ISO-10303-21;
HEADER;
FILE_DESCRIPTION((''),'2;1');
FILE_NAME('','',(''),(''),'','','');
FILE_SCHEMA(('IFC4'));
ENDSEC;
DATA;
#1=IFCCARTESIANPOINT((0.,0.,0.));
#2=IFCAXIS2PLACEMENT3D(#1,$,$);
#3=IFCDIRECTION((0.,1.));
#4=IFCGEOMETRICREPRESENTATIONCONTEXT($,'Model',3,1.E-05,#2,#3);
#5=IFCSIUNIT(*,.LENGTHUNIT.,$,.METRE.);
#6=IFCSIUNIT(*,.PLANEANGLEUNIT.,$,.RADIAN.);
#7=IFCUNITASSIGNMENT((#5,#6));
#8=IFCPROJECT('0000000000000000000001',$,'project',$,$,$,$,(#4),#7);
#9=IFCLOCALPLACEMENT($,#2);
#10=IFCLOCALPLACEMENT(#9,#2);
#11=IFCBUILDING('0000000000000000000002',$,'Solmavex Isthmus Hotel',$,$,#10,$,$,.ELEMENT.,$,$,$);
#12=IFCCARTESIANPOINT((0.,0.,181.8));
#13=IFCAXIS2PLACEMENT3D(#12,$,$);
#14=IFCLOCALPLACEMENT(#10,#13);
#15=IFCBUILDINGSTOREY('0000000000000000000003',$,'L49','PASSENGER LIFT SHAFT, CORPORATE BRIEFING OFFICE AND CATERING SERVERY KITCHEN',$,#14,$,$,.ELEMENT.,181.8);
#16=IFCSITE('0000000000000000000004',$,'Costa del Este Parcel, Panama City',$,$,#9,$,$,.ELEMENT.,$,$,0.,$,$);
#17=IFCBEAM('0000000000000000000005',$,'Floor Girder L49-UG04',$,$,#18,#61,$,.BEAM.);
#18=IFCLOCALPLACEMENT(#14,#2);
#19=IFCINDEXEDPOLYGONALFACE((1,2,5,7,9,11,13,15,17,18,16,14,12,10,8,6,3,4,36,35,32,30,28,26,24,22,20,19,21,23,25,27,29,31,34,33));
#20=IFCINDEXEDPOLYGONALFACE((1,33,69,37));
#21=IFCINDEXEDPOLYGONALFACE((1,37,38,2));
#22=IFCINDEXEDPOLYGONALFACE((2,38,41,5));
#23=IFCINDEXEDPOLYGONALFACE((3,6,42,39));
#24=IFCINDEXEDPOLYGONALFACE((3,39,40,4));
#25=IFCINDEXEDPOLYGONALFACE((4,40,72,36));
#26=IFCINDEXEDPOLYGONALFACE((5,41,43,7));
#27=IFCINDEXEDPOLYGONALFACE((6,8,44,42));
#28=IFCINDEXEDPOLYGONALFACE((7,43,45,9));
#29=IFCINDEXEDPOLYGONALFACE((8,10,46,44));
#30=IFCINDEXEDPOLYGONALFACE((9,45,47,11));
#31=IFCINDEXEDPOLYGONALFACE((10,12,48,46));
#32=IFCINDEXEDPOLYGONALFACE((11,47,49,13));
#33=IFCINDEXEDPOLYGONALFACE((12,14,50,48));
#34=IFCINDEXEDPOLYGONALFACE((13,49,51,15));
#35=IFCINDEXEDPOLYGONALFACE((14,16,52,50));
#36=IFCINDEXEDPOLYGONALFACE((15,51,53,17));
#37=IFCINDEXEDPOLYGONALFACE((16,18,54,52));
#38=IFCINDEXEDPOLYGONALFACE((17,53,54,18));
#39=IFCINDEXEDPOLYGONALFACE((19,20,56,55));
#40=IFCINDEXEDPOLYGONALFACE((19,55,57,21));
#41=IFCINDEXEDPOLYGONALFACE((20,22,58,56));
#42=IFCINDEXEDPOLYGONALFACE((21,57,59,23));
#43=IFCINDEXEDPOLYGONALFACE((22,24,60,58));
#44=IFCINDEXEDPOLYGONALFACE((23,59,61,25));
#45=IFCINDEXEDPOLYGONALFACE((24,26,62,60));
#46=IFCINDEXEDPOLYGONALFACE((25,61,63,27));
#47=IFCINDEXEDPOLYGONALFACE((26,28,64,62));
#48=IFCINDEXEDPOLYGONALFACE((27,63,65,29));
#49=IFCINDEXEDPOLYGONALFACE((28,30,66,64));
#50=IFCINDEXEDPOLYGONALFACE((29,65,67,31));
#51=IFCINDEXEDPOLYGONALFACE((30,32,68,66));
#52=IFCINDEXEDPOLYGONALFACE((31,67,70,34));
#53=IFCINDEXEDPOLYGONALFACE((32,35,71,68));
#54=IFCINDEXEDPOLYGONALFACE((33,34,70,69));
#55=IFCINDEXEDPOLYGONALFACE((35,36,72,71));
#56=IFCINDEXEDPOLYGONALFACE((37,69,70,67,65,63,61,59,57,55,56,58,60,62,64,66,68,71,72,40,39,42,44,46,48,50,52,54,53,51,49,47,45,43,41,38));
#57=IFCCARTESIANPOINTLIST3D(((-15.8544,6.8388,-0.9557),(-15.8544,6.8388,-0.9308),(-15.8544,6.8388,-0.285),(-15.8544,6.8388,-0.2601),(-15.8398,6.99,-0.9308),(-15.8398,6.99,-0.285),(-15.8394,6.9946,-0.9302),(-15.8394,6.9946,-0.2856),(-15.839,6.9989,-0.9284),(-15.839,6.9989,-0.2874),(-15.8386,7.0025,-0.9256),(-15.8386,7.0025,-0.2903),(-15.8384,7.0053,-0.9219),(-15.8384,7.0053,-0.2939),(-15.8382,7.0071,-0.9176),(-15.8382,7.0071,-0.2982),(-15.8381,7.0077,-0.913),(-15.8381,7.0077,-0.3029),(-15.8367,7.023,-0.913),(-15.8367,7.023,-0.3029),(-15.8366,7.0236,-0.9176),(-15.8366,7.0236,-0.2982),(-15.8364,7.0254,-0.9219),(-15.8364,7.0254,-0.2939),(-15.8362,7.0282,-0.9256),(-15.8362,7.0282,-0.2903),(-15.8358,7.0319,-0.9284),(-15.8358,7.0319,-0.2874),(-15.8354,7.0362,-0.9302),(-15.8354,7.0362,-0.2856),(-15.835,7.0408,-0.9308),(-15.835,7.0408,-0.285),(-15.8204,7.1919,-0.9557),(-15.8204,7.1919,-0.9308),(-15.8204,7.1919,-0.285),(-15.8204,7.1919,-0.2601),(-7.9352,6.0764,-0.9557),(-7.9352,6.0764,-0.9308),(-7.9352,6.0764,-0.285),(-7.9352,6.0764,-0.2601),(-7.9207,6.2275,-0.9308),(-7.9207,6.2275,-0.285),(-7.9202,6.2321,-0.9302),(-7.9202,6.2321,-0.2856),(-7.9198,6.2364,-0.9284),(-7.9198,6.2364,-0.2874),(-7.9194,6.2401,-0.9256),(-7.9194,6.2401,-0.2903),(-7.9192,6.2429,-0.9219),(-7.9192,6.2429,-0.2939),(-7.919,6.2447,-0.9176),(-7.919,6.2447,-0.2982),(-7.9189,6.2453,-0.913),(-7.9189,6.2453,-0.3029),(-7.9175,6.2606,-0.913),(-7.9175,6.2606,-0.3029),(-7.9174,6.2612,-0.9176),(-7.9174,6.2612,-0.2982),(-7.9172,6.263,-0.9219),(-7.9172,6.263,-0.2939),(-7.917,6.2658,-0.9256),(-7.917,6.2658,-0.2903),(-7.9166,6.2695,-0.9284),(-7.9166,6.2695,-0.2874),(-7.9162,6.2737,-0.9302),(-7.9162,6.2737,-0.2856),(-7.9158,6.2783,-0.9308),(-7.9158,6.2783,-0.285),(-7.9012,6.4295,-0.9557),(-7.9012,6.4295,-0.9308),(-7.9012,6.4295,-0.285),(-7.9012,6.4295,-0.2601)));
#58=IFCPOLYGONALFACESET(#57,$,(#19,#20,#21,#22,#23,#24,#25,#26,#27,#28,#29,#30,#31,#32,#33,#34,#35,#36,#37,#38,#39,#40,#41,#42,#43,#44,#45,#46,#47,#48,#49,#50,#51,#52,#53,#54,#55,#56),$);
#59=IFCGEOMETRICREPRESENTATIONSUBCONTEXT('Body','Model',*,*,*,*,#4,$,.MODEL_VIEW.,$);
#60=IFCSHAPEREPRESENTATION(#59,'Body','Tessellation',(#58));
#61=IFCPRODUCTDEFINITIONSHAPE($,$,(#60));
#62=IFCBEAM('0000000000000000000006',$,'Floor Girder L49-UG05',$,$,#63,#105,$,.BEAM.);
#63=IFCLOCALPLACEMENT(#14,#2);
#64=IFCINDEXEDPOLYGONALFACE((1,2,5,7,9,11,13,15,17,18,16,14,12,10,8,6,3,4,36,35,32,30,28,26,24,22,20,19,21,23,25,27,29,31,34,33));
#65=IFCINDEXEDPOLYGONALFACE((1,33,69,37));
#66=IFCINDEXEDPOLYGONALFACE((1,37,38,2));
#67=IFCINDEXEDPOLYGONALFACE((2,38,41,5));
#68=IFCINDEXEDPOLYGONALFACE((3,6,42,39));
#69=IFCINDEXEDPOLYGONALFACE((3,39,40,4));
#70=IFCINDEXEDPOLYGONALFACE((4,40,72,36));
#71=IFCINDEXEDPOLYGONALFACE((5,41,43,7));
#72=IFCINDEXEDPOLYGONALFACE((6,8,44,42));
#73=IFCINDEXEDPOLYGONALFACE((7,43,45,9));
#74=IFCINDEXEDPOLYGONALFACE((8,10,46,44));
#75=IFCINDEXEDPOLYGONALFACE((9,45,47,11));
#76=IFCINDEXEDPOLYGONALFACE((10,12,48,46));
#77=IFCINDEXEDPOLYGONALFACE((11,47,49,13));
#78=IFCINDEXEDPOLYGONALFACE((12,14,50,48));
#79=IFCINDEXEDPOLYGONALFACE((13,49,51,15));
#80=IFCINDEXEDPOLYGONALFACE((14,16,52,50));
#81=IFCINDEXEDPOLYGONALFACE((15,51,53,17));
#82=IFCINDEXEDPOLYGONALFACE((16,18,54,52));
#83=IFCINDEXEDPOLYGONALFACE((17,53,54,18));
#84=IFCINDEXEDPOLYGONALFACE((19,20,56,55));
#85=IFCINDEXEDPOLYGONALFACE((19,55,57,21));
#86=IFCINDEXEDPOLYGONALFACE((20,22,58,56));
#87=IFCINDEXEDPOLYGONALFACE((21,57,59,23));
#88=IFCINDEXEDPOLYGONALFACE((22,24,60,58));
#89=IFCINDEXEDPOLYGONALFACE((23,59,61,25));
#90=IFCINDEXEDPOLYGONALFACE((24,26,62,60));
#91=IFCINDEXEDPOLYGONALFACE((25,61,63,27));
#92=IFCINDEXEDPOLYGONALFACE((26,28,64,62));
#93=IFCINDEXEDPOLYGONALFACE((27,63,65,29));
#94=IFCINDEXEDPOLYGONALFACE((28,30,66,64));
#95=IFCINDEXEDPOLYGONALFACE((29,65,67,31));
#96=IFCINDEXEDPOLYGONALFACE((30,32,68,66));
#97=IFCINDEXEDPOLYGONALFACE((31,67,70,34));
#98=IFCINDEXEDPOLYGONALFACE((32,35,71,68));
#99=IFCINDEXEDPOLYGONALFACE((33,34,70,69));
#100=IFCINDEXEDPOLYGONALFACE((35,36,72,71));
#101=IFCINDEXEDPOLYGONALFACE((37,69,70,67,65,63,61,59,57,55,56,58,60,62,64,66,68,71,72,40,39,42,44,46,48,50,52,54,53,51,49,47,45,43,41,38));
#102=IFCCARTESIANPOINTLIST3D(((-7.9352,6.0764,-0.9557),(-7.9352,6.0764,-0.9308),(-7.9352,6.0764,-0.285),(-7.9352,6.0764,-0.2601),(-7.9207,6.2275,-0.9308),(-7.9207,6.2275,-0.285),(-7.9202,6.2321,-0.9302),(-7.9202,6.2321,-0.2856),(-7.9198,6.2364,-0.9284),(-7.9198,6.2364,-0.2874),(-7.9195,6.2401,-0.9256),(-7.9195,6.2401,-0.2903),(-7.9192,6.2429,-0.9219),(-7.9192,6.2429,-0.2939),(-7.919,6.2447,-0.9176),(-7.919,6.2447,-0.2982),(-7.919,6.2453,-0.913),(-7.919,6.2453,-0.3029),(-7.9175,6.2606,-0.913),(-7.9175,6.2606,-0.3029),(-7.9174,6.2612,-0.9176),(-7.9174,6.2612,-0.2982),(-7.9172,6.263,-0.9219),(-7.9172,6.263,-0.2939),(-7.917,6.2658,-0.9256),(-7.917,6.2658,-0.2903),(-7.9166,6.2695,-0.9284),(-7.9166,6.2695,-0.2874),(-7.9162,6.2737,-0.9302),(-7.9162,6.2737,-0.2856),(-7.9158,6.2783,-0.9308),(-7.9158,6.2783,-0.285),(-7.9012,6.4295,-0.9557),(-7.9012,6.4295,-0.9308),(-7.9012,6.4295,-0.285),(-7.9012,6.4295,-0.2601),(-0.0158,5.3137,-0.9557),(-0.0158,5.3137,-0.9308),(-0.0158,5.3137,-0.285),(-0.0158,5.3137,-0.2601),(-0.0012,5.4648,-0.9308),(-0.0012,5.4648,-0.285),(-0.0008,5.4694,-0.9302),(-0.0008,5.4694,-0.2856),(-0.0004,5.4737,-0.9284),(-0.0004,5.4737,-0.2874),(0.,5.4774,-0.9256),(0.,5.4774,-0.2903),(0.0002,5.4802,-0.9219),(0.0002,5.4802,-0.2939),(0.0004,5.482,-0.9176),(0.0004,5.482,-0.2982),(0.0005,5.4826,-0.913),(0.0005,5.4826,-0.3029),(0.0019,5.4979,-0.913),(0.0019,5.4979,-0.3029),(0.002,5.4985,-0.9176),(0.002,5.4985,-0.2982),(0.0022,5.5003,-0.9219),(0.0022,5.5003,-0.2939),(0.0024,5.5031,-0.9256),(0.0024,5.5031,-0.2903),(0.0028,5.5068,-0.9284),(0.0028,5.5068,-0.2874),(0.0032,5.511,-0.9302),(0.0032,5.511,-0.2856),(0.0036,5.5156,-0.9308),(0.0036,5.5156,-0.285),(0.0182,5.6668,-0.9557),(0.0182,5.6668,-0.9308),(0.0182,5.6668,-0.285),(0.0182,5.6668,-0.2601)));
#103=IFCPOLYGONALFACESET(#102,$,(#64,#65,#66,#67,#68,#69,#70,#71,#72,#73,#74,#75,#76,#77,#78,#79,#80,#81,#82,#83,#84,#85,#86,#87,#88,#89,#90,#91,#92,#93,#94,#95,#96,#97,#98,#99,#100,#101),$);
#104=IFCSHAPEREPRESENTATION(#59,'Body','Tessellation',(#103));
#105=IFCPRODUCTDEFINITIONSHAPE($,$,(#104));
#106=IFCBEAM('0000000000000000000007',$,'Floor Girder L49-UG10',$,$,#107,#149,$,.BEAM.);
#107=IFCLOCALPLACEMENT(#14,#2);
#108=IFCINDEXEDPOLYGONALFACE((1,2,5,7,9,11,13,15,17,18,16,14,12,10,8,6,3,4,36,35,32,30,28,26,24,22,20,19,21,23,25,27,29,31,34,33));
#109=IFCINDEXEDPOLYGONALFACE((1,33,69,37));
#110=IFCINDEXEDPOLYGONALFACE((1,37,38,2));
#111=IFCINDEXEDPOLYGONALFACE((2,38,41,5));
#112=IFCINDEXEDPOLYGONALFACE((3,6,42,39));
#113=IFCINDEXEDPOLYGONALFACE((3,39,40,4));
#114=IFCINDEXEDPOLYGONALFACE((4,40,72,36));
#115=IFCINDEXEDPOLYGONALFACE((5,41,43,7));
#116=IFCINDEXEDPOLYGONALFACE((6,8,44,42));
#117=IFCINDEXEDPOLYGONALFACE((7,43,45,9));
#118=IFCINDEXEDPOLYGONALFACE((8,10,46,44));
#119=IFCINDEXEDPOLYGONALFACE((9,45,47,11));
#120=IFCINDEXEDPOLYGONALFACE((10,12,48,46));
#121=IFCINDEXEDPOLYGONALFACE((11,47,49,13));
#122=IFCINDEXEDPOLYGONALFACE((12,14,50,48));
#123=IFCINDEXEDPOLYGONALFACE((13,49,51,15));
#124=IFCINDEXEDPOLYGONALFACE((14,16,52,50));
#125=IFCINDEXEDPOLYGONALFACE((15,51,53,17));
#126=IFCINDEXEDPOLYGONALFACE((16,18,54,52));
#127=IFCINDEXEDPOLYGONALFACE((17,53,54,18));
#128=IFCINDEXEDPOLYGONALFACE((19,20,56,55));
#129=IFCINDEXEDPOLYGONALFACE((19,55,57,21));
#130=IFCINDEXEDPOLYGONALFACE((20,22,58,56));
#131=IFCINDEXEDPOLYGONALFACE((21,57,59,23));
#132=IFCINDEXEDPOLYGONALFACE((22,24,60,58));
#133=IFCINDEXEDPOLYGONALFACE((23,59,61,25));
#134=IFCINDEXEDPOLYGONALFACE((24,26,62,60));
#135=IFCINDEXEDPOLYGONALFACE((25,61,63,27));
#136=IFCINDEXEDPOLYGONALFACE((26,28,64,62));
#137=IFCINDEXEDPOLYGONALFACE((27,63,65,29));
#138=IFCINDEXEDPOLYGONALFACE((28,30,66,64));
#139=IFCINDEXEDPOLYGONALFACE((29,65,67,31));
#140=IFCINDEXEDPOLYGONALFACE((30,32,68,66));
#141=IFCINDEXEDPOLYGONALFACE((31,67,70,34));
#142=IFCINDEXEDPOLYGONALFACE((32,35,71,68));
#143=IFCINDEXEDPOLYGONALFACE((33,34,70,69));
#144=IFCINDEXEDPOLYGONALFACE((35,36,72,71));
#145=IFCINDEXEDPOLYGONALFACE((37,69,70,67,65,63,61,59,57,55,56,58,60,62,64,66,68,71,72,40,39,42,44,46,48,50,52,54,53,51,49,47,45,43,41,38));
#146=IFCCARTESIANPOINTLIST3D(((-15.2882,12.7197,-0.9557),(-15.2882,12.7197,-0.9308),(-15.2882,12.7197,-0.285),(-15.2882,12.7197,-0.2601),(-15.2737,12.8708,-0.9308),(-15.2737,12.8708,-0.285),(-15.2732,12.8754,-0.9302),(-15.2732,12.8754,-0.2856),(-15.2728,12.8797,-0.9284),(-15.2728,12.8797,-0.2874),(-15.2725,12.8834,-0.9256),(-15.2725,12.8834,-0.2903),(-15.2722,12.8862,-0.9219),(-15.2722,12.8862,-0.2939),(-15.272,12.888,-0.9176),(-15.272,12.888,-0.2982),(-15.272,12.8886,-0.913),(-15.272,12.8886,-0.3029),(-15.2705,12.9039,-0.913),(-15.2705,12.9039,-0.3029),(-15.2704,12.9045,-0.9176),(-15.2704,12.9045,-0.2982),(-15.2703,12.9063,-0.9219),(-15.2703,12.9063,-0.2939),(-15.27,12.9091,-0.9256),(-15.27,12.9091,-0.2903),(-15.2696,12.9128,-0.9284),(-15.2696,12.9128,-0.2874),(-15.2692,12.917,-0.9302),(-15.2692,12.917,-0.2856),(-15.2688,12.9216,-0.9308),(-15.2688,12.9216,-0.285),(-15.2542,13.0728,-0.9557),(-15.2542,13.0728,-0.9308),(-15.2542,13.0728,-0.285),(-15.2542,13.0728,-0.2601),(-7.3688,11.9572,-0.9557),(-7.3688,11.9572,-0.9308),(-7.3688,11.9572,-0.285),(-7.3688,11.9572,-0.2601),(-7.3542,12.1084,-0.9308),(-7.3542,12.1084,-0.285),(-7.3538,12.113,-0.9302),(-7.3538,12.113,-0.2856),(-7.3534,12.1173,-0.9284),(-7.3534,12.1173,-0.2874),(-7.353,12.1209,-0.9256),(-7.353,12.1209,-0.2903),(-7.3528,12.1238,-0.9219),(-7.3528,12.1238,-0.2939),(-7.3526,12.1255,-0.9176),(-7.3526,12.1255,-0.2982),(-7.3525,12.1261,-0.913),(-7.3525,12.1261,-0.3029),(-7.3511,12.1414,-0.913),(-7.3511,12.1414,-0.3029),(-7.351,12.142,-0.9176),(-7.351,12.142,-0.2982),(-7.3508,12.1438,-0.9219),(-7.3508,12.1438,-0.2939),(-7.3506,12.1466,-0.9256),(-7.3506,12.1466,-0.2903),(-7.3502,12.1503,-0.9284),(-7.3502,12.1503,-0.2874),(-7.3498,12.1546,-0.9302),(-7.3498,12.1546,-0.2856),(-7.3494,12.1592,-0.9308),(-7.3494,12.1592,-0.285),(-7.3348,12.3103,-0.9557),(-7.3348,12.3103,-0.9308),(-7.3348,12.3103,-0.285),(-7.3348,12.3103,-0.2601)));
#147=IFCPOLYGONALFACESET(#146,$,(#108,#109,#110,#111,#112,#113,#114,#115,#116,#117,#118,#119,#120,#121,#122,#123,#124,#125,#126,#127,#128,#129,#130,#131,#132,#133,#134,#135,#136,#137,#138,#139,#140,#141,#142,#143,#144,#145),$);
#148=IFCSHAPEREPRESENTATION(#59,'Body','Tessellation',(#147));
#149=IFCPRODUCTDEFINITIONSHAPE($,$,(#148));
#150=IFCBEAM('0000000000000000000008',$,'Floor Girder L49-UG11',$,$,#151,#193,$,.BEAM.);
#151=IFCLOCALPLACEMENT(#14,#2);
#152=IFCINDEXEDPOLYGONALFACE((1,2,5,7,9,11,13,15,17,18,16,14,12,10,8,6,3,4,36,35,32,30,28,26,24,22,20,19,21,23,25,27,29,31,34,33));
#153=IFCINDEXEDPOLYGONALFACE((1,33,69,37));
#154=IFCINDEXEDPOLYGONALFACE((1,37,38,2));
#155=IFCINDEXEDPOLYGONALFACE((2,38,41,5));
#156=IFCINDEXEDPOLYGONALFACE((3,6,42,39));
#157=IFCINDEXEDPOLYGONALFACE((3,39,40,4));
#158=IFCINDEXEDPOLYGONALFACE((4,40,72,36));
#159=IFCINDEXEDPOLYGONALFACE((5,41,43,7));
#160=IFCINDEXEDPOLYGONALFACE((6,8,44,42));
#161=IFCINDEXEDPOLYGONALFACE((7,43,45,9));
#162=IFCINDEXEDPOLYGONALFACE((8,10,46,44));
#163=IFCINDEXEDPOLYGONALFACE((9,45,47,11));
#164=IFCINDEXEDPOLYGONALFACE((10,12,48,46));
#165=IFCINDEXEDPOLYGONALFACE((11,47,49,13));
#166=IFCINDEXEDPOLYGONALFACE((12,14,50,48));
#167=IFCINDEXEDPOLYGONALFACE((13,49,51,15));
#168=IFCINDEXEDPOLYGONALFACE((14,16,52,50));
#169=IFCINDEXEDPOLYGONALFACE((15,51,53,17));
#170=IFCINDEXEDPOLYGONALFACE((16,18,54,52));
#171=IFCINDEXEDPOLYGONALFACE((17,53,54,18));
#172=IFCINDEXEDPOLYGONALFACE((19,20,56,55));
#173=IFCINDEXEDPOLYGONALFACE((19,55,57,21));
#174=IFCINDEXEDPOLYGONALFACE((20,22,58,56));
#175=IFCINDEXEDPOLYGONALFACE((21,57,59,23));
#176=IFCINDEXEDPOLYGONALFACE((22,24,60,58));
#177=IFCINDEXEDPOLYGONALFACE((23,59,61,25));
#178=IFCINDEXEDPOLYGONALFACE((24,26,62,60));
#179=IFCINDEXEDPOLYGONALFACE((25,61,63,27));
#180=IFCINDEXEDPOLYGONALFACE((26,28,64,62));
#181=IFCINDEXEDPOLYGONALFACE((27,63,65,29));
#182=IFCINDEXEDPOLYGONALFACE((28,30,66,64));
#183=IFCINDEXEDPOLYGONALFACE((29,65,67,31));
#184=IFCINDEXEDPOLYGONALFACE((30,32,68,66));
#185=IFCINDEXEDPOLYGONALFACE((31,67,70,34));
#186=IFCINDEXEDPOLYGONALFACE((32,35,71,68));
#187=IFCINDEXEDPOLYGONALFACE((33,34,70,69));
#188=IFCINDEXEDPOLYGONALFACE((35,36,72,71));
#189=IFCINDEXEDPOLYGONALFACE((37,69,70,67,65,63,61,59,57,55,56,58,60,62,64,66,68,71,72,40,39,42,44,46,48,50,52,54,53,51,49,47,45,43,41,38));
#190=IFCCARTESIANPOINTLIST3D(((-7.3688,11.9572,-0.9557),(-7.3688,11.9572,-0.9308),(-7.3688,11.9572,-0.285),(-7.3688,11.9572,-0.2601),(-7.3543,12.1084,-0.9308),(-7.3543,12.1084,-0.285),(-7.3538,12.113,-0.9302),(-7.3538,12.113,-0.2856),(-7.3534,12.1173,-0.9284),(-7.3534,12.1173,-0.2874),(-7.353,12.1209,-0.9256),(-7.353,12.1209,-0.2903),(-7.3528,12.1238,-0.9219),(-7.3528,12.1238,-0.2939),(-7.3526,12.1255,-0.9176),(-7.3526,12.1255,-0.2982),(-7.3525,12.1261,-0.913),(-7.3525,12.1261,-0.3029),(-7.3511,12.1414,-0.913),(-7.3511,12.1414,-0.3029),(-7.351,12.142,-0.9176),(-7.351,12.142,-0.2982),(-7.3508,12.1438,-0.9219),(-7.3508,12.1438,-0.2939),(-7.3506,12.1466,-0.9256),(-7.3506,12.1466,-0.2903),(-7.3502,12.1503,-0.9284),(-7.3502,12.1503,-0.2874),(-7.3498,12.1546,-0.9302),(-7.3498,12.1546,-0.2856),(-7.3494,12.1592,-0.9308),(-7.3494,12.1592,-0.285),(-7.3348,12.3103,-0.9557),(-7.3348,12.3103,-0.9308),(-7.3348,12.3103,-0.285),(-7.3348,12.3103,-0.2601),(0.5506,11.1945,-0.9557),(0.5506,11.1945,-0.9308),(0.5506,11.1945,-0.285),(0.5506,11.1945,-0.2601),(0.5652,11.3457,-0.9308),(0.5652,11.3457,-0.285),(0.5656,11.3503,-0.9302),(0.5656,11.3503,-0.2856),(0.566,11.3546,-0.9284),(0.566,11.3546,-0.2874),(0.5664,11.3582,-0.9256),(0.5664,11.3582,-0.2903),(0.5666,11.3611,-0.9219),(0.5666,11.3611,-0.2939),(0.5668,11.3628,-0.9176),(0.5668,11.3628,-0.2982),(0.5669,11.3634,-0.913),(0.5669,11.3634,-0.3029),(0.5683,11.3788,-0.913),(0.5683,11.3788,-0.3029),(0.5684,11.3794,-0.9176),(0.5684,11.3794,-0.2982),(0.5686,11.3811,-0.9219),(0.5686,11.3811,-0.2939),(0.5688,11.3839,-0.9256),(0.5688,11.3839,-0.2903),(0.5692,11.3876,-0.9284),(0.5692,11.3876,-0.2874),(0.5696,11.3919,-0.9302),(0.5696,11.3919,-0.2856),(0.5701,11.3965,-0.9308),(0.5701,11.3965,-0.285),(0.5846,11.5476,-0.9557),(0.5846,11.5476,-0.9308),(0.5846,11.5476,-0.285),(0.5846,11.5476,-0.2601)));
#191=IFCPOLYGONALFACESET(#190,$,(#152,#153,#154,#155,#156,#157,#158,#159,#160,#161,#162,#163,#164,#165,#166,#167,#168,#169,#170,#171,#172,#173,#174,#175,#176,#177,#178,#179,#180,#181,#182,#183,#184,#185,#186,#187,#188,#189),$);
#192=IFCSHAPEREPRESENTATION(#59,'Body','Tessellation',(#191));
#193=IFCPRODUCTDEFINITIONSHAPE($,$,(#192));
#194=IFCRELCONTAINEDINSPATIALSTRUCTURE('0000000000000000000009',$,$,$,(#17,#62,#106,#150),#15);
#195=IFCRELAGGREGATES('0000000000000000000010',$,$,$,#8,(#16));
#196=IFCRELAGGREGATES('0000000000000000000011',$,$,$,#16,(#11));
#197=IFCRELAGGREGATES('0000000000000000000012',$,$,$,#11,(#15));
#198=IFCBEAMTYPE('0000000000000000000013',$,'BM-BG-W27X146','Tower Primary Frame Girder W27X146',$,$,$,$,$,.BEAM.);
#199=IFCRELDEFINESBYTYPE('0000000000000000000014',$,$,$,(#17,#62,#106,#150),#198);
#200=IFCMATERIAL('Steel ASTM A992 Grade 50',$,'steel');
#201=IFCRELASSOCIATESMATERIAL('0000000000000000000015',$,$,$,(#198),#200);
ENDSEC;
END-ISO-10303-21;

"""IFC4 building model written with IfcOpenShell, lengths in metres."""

from ifc_helpers import new_model, si_unit, direction, frame, origin, origin_2d, place, context, subcontext, project, spatial, i_section, extrude, material, material_profile, profile_set, type_object, element, save


model = new_model("IFC4")

# Units and contexts
model_context = context("Model", 3, precision=1e-05, world=origin(), true_north=direction((0.0, 1.0)))
body_context = subcontext(model_context, "Body", "Model", "MODEL_VIEW")
ifc_project = project(units=[si_unit("LENGTHUNIT", "METRE"), si_unit("PLANEANGLEUNIT", "RADIAN")], contexts=[model_context])

# Site, building, storey
site_placement = place(None, origin())
site = spatial("IfcSite", under=ifc_project, at=site_placement, Name="Costa del Este Parcel, Panama City", CompositionType="ELEMENT", RefElevation=0.0)
building_placement = place(site_placement, origin())
building = spatial("IfcBuilding", under=site, at=building_placement, Name="Solmavex Isthmus Hotel", CompositionType="ELEMENT")
storey_placement = place(building_placement, frame((0.0, 0.0, 181.8)))
storey = spatial("IfcBuildingStorey", under=building, at=storey_placement, Name="L49", Description="PASSENGER LIFT SHAFT, CORPORATE BRIEFING OFFICE AND CATERING SERVERY KITCHEN", CompositionType="ELEMENT", Elevation=181.8)

# Beams
ifc_material_1 = material(Name="Steel ASTM A992 Grade 50", Category="steel")
ifc_material_profile_1 = material_profile(ifc_material_1, i_section(OverallWidth=0.3547, OverallDepth=0.6956, WebThickness=0.0154, FlangeThickness=0.0249, FilletRadius=0.0178, at=origin_2d()), Name="W27X146")
ifc_profile_set_1 = profile_set([ifc_material_profile_1], Name="Steel ASTM A992 Grade 50")
beam_type_1 = type_object("IfcBeamType", Name="BM-BG-W27X146", Description="Tower Primary Frame Girder W27X146", PredefinedType="BEAM", material=ifc_profile_set_1)
beam_1_placement = place(storey_placement, frame((-15.8374, 7.0154, -0.6079), z_axis=(0.995397, -0.095836, 0.0), x_axis=(0.095836, 0.995397, 0.0)))
element("IfcBeam", 1, at=beam_1_placement, inside=storey, type_object=beam_type_1, Name="Floor Girder L49-UG04", PredefinedType="BEAM", context=body_context, shape_type="SweptSolid", body=[
    extrude(i_section(OverallWidth=0.3547, OverallDepth=0.6956, WebThickness=0.0154, FlangeThickness=0.0249, FilletRadius=0.0178, at=origin_2d()), origin(), (0.0, 0.0, 1.0), 7.9558),
])
for number, where, z_axis, x_axis, name in (
    (2, (-7.9182, 6.2529, -0.6079), (0.995395, -0.095863, 0.0), (0.095863, 0.995395, 0.0), "Floor Girder L49-UG05"),
    (3, (-15.2712, 12.8962, -0.6079), (0.995397, -0.095833, 0.0), (0.095833, 0.995397, 0.0), "Floor Girder L49-UG10"),
    (4, (-7.3518, 12.1338, -0.6079), (0.995395, -0.095863, 0.0), (0.095863, 0.995395, 0.0), "Floor Girder L49-UG11"),
):
    element("IfcBeam", number, at=place(storey_placement, frame(where, z_axis=z_axis, x_axis=x_axis)), inside=storey, type_object=beam_type_1, Name=name, PredefinedType="BEAM", context=body_context, shape_type="SweptSolid", body=[
        extrude(i_section(OverallWidth=0.3547, OverallDepth=0.6956, WebThickness=0.0154, FlangeThickness=0.0249, FilletRadius=0.0178, at=origin_2d()), origin(), (0.0, 0.0, 1.0), 7.9561),
    ])

save(model, "model.ifc")
